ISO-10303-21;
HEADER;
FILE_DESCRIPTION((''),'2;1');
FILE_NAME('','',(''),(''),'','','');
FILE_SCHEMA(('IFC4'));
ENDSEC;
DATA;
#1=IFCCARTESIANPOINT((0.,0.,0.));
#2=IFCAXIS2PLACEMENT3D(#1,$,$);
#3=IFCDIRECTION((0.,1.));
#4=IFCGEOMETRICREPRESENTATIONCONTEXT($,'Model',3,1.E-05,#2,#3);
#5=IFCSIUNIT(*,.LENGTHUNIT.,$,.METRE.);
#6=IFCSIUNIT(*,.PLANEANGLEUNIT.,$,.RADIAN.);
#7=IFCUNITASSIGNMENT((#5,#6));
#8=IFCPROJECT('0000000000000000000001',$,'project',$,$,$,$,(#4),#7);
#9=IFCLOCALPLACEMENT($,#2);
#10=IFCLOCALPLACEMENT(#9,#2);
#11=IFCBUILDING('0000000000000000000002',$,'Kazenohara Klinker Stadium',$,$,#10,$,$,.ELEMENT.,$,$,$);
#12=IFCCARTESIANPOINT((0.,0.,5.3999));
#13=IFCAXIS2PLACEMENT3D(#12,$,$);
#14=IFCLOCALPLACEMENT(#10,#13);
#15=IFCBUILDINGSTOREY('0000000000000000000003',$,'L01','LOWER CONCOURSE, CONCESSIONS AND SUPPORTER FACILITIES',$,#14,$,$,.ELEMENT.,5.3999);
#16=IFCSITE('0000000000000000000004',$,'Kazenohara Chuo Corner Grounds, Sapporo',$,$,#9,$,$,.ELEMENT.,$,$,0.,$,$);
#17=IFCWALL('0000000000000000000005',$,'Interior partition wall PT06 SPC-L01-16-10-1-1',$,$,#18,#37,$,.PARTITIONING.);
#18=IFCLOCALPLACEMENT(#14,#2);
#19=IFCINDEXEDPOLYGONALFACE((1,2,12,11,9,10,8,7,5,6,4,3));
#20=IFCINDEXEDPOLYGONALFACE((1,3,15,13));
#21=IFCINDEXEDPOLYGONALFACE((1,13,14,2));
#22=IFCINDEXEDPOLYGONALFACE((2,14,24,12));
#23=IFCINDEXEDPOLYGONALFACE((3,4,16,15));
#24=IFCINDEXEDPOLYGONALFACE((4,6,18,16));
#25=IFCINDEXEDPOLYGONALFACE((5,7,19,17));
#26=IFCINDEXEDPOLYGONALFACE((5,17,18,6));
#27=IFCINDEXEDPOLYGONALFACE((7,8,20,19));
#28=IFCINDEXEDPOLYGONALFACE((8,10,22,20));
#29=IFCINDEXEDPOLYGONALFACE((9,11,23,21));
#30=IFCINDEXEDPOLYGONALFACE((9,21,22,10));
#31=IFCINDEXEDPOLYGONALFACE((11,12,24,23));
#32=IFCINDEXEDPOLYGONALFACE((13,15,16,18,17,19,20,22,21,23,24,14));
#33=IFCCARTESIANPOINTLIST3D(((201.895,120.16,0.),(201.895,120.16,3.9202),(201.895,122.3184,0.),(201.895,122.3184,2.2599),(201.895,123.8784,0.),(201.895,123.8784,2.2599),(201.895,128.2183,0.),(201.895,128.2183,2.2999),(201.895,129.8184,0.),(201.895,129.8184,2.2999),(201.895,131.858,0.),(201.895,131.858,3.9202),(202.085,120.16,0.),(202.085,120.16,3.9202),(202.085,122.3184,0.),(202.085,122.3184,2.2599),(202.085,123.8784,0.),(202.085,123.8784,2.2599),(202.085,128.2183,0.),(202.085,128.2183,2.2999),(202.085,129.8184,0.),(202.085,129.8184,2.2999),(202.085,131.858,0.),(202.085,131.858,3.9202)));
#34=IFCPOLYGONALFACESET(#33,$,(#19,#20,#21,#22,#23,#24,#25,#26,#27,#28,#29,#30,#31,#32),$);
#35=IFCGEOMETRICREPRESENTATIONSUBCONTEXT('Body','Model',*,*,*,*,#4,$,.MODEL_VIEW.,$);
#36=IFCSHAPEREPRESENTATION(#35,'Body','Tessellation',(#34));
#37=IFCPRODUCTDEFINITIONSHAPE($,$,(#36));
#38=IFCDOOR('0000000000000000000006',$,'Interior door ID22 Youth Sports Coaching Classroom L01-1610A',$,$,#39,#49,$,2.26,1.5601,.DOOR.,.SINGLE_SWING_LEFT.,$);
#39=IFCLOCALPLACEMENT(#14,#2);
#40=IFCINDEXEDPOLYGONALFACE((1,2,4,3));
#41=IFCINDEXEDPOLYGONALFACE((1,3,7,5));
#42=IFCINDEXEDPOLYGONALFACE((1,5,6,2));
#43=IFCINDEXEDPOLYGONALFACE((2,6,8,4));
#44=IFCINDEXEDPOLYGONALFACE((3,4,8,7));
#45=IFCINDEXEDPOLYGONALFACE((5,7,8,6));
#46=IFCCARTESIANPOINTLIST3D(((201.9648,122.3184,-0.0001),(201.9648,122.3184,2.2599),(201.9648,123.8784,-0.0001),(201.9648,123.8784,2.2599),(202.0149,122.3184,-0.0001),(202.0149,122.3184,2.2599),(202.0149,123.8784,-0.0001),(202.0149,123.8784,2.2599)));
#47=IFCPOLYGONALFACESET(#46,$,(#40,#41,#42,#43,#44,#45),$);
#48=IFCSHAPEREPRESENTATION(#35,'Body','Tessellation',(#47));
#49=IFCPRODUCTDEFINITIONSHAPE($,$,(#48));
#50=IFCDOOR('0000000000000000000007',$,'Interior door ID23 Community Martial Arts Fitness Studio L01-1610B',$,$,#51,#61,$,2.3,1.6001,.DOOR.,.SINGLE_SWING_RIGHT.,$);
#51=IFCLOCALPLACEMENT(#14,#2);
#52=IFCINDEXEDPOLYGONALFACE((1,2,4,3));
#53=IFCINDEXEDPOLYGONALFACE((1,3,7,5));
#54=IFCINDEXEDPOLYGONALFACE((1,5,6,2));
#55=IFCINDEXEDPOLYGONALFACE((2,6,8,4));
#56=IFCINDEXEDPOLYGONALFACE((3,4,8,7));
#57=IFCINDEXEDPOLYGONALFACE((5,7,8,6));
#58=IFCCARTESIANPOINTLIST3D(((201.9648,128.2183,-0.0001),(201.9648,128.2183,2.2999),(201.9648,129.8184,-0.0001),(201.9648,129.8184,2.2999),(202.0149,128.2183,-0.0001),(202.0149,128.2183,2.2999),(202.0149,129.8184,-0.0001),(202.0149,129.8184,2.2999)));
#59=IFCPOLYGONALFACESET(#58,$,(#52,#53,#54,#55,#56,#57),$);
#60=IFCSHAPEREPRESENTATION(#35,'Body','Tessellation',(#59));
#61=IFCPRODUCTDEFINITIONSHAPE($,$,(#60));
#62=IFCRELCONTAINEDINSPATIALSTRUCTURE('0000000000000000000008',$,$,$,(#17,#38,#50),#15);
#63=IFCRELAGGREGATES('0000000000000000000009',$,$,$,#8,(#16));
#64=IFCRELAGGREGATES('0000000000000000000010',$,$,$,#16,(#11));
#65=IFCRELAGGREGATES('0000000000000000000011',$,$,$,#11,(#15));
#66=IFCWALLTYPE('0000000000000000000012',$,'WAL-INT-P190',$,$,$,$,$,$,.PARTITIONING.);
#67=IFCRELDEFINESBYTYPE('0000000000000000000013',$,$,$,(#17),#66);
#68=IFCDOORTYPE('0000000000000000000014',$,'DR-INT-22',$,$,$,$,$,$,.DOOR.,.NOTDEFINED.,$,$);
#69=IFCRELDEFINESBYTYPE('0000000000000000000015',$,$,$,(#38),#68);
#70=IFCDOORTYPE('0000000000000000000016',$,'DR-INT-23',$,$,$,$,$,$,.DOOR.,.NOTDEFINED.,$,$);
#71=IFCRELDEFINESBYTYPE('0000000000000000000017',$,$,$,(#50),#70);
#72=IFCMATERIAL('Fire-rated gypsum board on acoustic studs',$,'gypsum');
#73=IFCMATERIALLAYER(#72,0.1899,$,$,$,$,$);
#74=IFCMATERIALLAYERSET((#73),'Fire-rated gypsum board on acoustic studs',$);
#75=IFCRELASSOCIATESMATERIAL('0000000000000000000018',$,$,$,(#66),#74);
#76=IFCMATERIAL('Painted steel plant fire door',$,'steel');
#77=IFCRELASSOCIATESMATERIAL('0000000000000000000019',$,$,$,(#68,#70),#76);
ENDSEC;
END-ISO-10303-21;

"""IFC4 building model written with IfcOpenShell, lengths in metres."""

from ifc_helpers import new_model, si_unit, direction, frame, frame_2d, origin, place, context, subcontext, project, spatial, rectangle, extrude, material, layer, layer_set, type_object, element, fill, save


model = new_model("IFC4")

# Units and contexts
model_context = context("Model", 3, precision=1e-05, world=origin(), true_north=direction((0.0, 1.0)))
body_context = subcontext(model_context, "Body", "Model", "MODEL_VIEW")
ifc_project = project(units=[si_unit("LENGTHUNIT", "METRE"), si_unit("PLANEANGLEUNIT", "RADIAN")], contexts=[model_context])

# Site, building, storey
site_placement = place(None, origin())
site = spatial("IfcSite", under=ifc_project, at=site_placement, Name="Kazenohara Chuo Corner Grounds, Sapporo", CompositionType="ELEMENT", RefElevation=0.0)
building_placement = place(site_placement, origin())
building = spatial("IfcBuilding", under=site, at=building_placement, Name="Kazenohara Klinker Stadium", CompositionType="ELEMENT")
storey_placement = place(building_placement, frame((0.0, 0.0, 5.3999)))
storey = spatial("IfcBuildingStorey", under=building, at=storey_placement, Name="L01", Description="LOWER CONCOURSE, CONCESSIONS AND SUPPORTER FACILITIES", CompositionType="ELEMENT", Elevation=5.3999)

# Shared definitions
ifc_material_1 = material(Name="Fire-rated gypsum board on acoustic studs", Category="gypsum")
ifc_material_2 = material(Name="Painted steel plant fire door", Category="steel")

# Wall, openings, doors
ifc_layer_1 = layer(ifc_material_1, 0.1899)
ifc_layer_set_1 = layer_set([ifc_layer_1], Name="Fire-rated gypsum board on acoustic studs")
wall_type_1 = type_object("IfcWallType", Name="WAL-INT-P190", PredefinedType="PARTITIONING", material=ifc_layer_set_1)
wall_1_placement = place(storey_placement, frame((201.99, 120.1599, 0.0), z_axis=(0.0, 0.0, 1.0), x_axis=(0.0, 1.0, 0.0)))
wall_1 = element("IfcWall", 1, at=wall_1_placement, inside=storey, type_object=wall_type_1, Name="Interior partition wall PT06 SPC-L01-16-10-1-1", PredefinedType="PARTITIONING", context=body_context, shape_type="SweptSolid", body=[
    extrude(rectangle(XDim=11.698, YDim=0.1899, at=frame_2d((5.8491, 0.0))), origin(), (0.0, 0.0, 1.0), 3.9202),
])
opening_1_placement = place(wall_1_placement, frame((3.7185, 0.0, 0.0), z_axis=(0.0, 0.0, 1.0), x_axis=(-1.0, 0.0, 0.0)))
opening_1 = element("IfcOpeningElement", 2, at=opening_1_placement, cuts=wall_1, PredefinedType="OPENING", context=body_context, shape_type="SweptSolid", body=[
    extrude(rectangle(XDim=1.5601, YDim=2.26, at=frame_2d((0.78, 1.1299))), frame((0.0, 0.105, 0.0), z_axis=(0.0, -1.0, 0.0), x_axis=(1.0, 0.0, 0.0)), (0.0, 0.0, 1.0), 0.21),
])
opening_2_placement = place(wall_1_placement, frame((9.6584, 0.0, 0.0), z_axis=(0.0, 0.0, 1.0), x_axis=(-1.0, 0.0, 0.0)))
opening_2 = element("IfcOpeningElement", 3, at=opening_2_placement, cuts=wall_1, PredefinedType="OPENING", context=body_context, shape_type="SweptSolid", body=[
    extrude(rectangle(XDim=1.6001, YDim=2.3, at=frame_2d((0.8, 1.1499))), frame((0.0, 0.105, 0.0), z_axis=(0.0, -1.0, 0.0), x_axis=(1.0, 0.0, 0.0)), (0.0, 0.0, 1.0), 0.21),
])
door_type_1 = type_object("IfcDoorType", Name="DR-INT-22", OperationType="NOTDEFINED", PredefinedType="DOOR", material=ifc_material_2)
door_1_placement = place(opening_1_placement, origin())
door_1 = element("IfcDoor", 4, at=door_1_placement, inside=storey, type_object=door_type_1, Name="Interior door ID22 Youth Sports Coaching Classroom L01-1610A", OperationType="SINGLE_SWING_LEFT", OverallHeight=2.26, OverallWidth=1.5601, PredefinedType="DOOR", context=body_context, shape_type="SweptSolid", body=[
    extrude(rectangle(XDim=1.5601, YDim=2.26, at=frame_2d((0.78, 1.1299))), frame((0.0, 0.0249, 0.0), z_axis=(0.0, -1.0, 0.0), x_axis=(1.0, 0.0, 0.0)), (0.0, 0.0, 1.0), 0.05),
])
fill(opening_1, door_1)
door_type_2 = type_object("IfcDoorType", Name="DR-INT-23", OperationType="NOTDEFINED", PredefinedType="DOOR", material=ifc_material_2)
door_2_placement = place(opening_2_placement, origin())
door_2 = element("IfcDoor", 5, at=door_2_placement, inside=storey, type_object=door_type_2, Name="Interior door ID23 Community Martial Arts Fitness Studio L01-1610B", OperationType="SINGLE_SWING_RIGHT", OverallHeight=2.3, OverallWidth=1.6001, PredefinedType="DOOR", context=body_context, shape_type="SweptSolid", body=[
    extrude(rectangle(XDim=1.6001, YDim=2.3, at=frame_2d((0.8, 1.1499))), frame((0.0, 0.0249, 0.0), z_axis=(0.0, -1.0, 0.0), x_axis=(1.0, 0.0, 0.0)), (0.0, 0.0, 1.0), 0.05),
])
fill(opening_2, door_2)

save(model, "model.ifc")
